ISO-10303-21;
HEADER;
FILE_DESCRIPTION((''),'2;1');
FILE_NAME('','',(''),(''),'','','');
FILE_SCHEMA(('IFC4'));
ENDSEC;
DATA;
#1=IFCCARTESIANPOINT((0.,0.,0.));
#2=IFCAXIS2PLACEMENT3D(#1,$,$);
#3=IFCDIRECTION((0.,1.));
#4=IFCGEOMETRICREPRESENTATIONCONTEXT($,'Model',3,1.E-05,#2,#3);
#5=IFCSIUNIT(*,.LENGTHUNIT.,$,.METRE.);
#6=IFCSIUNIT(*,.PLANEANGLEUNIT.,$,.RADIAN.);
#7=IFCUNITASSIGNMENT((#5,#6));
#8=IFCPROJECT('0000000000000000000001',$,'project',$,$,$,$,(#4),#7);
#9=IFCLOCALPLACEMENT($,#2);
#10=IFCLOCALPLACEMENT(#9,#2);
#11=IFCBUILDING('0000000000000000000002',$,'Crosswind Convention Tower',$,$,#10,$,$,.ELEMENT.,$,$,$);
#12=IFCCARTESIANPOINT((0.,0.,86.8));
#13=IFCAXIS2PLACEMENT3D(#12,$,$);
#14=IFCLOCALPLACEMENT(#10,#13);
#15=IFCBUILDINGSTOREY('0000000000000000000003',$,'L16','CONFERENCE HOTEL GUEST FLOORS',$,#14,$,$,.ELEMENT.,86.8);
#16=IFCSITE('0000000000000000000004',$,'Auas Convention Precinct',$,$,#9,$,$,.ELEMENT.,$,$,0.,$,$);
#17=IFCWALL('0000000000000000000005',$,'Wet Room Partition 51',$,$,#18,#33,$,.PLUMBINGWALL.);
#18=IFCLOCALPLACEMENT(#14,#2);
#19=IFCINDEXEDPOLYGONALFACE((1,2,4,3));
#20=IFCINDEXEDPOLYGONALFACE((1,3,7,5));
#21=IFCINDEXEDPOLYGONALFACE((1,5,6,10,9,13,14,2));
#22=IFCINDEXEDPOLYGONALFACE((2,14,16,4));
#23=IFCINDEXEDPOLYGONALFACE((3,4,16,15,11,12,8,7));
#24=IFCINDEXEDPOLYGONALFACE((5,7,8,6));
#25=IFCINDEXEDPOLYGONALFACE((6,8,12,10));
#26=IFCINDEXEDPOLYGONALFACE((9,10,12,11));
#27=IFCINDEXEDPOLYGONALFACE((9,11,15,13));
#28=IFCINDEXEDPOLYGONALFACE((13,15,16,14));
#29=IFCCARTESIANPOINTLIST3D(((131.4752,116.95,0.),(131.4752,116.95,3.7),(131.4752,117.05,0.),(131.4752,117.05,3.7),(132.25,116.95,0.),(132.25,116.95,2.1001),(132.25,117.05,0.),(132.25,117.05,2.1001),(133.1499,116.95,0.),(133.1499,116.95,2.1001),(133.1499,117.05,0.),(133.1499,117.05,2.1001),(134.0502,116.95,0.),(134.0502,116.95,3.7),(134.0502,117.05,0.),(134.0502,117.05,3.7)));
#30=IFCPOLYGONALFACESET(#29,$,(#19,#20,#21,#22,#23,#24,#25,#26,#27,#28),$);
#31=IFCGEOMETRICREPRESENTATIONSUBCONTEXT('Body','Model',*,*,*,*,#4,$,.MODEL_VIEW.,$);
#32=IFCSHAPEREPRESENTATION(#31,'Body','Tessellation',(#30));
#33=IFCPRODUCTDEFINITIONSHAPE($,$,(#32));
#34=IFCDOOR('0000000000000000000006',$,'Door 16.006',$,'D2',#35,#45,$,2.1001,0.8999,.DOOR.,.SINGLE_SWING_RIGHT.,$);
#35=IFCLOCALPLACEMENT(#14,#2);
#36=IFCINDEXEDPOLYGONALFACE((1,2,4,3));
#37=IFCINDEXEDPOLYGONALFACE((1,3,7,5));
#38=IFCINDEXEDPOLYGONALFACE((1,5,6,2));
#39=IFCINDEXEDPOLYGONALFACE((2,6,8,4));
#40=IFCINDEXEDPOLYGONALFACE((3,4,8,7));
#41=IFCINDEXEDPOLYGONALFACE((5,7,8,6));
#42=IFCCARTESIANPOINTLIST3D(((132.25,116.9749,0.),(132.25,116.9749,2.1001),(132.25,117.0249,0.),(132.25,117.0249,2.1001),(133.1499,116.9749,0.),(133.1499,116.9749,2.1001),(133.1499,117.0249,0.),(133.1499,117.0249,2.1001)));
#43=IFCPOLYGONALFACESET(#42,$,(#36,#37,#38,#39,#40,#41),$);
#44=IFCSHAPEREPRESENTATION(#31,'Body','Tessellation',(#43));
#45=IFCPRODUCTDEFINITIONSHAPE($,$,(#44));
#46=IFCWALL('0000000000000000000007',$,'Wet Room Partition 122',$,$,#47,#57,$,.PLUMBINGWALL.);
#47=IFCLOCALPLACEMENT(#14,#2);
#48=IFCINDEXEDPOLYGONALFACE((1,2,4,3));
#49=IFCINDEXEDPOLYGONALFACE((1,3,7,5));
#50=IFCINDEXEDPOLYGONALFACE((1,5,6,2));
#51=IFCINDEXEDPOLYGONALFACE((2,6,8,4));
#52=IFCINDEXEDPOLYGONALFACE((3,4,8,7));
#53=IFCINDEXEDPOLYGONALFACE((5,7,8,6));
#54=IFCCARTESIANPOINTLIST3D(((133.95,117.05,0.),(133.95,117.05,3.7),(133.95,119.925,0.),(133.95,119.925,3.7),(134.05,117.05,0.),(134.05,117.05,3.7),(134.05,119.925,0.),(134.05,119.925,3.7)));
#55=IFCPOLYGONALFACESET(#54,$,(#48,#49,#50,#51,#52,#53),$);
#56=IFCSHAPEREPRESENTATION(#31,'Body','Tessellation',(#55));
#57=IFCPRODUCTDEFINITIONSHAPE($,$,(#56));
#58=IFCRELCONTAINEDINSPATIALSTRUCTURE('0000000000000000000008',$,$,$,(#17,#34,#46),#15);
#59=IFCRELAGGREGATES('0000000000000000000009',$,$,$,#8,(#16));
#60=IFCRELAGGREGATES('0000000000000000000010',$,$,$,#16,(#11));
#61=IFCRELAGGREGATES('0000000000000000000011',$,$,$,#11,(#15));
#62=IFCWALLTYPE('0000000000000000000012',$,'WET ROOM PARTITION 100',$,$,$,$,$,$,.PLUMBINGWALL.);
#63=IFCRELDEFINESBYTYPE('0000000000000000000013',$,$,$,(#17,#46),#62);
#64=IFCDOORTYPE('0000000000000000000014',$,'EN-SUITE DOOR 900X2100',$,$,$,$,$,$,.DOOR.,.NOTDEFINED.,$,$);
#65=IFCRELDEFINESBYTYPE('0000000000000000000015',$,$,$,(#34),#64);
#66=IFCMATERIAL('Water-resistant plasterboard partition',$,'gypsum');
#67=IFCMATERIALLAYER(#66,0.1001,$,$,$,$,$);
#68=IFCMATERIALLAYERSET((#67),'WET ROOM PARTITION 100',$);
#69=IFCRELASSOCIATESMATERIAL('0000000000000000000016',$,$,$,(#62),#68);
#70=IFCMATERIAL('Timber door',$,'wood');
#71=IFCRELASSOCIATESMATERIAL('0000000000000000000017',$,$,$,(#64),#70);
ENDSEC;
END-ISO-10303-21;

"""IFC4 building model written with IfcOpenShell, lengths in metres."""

from ifc_helpers import new_model, si_unit, direction, frame, frame_2d, origin, place, context, subcontext, project, spatial, rectangle, extrude, material, layer, layer_set, type_object, element, fill, save


model = new_model("IFC4")

# Units and contexts
model_context = context("Model", 3, precision=1e-05, world=origin(), true_north=direction((0.0, 1.0)))
body_context = subcontext(model_context, "Body", "Model", "MODEL_VIEW")
ifc_project = project(units=[si_unit("LENGTHUNIT", "METRE"), si_unit("PLANEANGLEUNIT", "RADIAN")], contexts=[model_context])

# Site, building, storey
site_placement = place(None, origin())
site = spatial("IfcSite", under=ifc_project, at=site_placement, Name="Auas Convention Precinct", CompositionType="ELEMENT", RefElevation=0.0)
building_placement = place(site_placement, origin())
building = spatial("IfcBuilding", under=site, at=building_placement, Name="Crosswind Convention Tower", CompositionType="ELEMENT")
storey_placement = place(building_placement, frame((0.0, 0.0, 86.8)))
storey = spatial("IfcBuildingStorey", under=building, at=storey_placement, Name="L16", Description="CONFERENCE HOTEL GUEST FLOORS", CompositionType="ELEMENT", Elevation=86.8)

# Wall, opening, door
ifc_material_1 = material(Name="Water-resistant plasterboard partition", Category="gypsum")
ifc_layer_1 = layer(ifc_material_1, 0.1001)
ifc_layer_set_1 = layer_set([ifc_layer_1], Name="WET ROOM PARTITION 100")
wall_type_1 = type_object("IfcWallType", Name="WET ROOM PARTITION 100", PredefinedType="PLUMBINGWALL", material=ifc_layer_set_1)
wall_1_placement = place(storey_placement, frame((131.4751, 117.0, 0.0), z_axis=(0.0, 0.0, 1.0), x_axis=(1.0, 0.0, 0.0)))
wall_1 = element("IfcWall", 1, at=wall_1_placement, inside=storey, type_object=wall_type_1, Name="Wet Room Partition 51", PredefinedType="PLUMBINGWALL", context=body_context, shape_type="SweptSolid", body=[
    extrude(rectangle(XDim=2.575, YDim=0.1001, at=frame_2d((1.2876, 0.0))), origin(), (0.0, 0.0, 1.0), 3.7),
])
opening_1_placement = place(wall_1_placement, frame((0.7749, 0.0, 0.0)))
opening_1 = element("IfcOpeningElement", 2, at=opening_1_placement, cuts=wall_1, PredefinedType="OPENING", context=body_context, shape_type="SweptSolid", body=[
    extrude(rectangle(XDim=0.8999, YDim=2.1001, at=frame_2d((0.45, 1.05))), frame((0.0, 0.0601, 0.0), z_axis=(0.0, -1.0, 0.0), x_axis=(1.0, 0.0, 0.0)), (0.0, 0.0, 1.0), 0.1201),
])
ifc_material_2 = material(Name="Timber door", Category="wood")
door_type_1 = type_object("IfcDoorType", Name="EN-SUITE DOOR 900X2100", OperationType="NOTDEFINED", PredefinedType="DOOR", material=ifc_material_2)
door_1_placement = place(opening_1_placement, origin())
door_1 = element("IfcDoor", 3, at=door_1_placement, inside=storey, type_object=door_type_1, Name="Door 16.006", ObjectType="D2", OperationType="SINGLE_SWING_RIGHT", OverallHeight=2.1001, OverallWidth=0.8999, PredefinedType="DOOR", context=body_context, shape_type="SweptSolid", body=[
    extrude(rectangle(XDim=0.8999, YDim=2.1001, at=frame_2d((0.45, 1.05))), frame((0.0, 0.0249, 0.0), z_axis=(0.0, -1.0, 0.0), x_axis=(1.0, 0.0, 0.0)), (0.0, 0.0, 1.0), 0.05),
])
fill(opening_1, door_1)

# Wall
wall_2_placement = place(storey_placement, frame((134.0, 117.05, 0.0), z_axis=(0.0, 0.0, 1.0), x_axis=(0.0, 1.0, 0.0)))
element("IfcWall", 4, at=wall_2_placement, inside=storey, type_object=wall_type_1, Name="Wet Room Partition 122", PredefinedType="PLUMBINGWALL", context=body_context, shape_type="SweptSolid", body=[
    extrude(rectangle(XDim=2.875, YDim=0.1001, at=frame_2d((1.4375, 0.0))), origin(), (0.0, 0.0, 1.0), 3.7),
])

save(model, "model.ifc")
